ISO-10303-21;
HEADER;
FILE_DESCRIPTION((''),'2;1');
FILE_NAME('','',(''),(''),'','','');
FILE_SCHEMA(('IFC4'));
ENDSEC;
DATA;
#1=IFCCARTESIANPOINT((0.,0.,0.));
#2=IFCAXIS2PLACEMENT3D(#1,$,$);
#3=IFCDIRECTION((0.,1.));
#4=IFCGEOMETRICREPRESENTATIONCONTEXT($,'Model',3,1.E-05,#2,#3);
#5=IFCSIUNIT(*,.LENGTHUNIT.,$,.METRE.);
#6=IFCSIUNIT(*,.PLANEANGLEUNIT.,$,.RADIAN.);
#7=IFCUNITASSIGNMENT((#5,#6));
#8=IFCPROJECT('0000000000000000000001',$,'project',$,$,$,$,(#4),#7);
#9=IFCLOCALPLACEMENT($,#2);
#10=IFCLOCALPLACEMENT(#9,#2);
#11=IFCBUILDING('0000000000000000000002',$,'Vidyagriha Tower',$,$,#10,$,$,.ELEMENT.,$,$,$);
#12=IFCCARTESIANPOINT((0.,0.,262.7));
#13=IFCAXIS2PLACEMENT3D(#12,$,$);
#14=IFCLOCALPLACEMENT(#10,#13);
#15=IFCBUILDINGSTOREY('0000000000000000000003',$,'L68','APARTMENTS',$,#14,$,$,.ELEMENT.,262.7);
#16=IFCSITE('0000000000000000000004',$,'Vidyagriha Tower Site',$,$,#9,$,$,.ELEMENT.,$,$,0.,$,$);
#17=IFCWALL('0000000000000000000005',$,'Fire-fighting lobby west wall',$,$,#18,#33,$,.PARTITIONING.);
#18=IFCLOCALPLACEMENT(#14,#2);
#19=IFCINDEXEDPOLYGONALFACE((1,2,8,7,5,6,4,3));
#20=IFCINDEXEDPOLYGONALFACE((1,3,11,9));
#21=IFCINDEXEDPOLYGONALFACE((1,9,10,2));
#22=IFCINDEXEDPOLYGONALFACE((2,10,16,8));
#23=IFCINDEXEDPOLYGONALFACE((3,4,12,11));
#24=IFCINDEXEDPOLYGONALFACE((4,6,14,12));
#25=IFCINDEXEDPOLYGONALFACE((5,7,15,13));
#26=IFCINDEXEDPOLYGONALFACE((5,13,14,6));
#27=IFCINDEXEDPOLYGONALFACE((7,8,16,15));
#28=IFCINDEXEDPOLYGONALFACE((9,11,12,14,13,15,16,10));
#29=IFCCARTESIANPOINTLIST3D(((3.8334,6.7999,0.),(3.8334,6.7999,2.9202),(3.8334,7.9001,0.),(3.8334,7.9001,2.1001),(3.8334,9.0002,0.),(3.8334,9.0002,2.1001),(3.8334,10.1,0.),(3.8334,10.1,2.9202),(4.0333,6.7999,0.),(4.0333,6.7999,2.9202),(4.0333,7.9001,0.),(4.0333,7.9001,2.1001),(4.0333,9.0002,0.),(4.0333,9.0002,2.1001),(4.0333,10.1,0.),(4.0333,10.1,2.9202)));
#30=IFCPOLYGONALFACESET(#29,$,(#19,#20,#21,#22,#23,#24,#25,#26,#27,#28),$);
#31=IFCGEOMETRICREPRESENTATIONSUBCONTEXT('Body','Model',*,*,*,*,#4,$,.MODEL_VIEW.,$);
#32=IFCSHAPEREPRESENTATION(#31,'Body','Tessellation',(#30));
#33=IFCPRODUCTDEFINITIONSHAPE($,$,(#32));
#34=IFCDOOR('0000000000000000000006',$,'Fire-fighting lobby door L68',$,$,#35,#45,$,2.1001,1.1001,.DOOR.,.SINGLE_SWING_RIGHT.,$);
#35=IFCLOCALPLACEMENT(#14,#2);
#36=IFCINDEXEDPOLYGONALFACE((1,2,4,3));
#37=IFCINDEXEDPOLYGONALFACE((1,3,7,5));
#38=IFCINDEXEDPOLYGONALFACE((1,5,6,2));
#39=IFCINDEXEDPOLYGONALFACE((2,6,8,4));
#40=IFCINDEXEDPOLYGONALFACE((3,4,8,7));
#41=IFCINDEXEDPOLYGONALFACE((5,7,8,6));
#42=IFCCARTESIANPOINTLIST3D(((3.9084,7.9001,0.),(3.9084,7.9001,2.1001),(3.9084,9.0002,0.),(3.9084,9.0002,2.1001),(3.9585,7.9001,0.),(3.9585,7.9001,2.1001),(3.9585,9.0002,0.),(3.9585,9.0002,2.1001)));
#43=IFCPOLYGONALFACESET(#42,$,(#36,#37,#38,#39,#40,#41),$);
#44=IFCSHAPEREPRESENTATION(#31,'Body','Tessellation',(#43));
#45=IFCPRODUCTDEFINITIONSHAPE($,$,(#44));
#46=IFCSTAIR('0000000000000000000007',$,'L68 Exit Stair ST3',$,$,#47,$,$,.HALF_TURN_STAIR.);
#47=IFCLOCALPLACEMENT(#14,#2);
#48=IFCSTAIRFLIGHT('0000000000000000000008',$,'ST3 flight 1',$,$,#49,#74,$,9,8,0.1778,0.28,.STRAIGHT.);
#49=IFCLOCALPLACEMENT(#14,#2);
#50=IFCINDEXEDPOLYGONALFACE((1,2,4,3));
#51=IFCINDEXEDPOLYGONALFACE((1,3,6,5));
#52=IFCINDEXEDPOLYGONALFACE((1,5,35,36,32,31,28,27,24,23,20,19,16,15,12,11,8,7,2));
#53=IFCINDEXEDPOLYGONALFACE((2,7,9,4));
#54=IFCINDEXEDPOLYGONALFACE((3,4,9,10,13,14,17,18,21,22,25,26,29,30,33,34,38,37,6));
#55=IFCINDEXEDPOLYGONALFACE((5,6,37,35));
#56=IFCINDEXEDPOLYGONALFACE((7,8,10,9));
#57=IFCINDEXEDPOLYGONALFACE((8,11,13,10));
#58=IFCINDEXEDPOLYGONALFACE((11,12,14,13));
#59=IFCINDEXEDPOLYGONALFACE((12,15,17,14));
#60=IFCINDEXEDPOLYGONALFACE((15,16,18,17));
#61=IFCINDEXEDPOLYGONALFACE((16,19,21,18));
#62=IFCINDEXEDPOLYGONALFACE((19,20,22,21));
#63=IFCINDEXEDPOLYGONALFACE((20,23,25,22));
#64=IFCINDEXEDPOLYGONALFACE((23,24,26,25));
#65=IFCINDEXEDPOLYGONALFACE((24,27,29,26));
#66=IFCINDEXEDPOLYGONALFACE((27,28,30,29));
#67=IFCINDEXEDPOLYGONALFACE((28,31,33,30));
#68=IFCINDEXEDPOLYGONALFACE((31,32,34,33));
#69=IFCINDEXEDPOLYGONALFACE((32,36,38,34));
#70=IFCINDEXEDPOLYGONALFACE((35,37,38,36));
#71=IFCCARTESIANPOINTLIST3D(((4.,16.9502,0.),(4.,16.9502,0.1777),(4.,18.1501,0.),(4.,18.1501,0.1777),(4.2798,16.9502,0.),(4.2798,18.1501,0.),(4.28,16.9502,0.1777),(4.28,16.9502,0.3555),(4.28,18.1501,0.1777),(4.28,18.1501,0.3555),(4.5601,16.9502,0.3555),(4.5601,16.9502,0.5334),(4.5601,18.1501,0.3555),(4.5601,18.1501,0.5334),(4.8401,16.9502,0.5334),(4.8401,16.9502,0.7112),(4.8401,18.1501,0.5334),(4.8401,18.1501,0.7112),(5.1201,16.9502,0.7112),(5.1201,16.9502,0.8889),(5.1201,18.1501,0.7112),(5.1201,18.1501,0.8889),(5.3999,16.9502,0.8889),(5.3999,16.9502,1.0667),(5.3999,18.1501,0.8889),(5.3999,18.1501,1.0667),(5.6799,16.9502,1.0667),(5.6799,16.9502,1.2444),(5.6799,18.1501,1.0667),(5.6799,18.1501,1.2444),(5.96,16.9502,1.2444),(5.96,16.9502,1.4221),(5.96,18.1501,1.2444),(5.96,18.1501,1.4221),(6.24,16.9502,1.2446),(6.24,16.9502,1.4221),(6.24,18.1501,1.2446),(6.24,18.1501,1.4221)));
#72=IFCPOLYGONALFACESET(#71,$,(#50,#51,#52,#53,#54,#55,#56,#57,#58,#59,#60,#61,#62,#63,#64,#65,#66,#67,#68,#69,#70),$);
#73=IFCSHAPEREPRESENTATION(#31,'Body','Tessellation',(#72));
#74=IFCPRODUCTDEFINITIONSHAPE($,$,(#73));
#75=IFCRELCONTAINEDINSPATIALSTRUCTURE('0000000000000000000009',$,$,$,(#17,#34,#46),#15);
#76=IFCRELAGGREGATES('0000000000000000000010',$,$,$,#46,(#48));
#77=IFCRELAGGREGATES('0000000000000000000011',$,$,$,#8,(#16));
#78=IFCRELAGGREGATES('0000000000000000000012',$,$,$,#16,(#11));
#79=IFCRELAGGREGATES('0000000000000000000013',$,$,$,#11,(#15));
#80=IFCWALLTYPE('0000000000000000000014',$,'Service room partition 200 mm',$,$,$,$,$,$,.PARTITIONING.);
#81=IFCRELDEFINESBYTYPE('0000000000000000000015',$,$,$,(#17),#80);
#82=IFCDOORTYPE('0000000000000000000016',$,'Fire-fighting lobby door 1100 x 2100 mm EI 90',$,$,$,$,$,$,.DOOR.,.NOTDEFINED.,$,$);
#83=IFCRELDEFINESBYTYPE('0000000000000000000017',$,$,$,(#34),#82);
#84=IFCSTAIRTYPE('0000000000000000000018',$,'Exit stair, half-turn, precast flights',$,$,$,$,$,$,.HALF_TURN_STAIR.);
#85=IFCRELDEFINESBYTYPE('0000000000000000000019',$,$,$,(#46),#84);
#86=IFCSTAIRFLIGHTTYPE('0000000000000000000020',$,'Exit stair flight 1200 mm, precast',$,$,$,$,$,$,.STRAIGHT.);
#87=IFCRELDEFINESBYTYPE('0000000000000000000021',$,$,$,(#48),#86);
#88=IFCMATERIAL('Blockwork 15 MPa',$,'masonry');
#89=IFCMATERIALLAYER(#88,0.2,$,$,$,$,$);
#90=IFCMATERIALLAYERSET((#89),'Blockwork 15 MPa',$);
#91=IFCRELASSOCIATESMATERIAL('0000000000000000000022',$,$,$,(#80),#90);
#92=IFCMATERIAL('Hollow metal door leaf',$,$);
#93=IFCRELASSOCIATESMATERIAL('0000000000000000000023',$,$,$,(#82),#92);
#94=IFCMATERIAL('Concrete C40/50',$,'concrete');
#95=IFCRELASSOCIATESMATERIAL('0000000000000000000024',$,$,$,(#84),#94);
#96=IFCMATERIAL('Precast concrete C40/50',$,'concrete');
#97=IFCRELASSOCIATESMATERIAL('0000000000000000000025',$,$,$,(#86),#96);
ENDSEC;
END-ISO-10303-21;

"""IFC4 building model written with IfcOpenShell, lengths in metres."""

from ifc_helpers import new_model, si_unit, direction, frame, frame_2d, origin, place, context, subcontext, project, spatial, polyline, rectangle, outline, extrude, material, layer, layer_set, type_object, element, fill, aggregate, save


model = new_model("IFC4")

# Units and contexts
model_context = context("Model", 3, precision=1e-05, world=origin(), true_north=direction((0.0, 1.0)))
body_context = subcontext(model_context, "Body", "Model", "MODEL_VIEW")
ifc_project = project(units=[si_unit("LENGTHUNIT", "METRE"), si_unit("PLANEANGLEUNIT", "RADIAN")], contexts=[model_context])

# Site, building, storey
site_placement = place(None, origin())
site = spatial("IfcSite", under=ifc_project, at=site_placement, Name="Vidyagriha Tower Site", CompositionType="ELEMENT", RefElevation=0.0)
building_placement = place(site_placement, origin())
building = spatial("IfcBuilding", under=site, at=building_placement, Name="Vidyagriha Tower", CompositionType="ELEMENT")
storey_placement = place(building_placement, frame((0.0, 0.0, 262.7)))
storey = spatial("IfcBuildingStorey", under=building, at=storey_placement, Name="L68", Description="APARTMENTS", CompositionType="ELEMENT", Elevation=262.7)

# Wall, opening, door
ifc_material_1 = material(Name="Blockwork 15 MPa", Category="masonry")
ifc_layer_1 = layer(ifc_material_1, 0.2)
ifc_layer_set_1 = layer_set([ifc_layer_1], Name="Blockwork 15 MPa")
wall_type_1 = type_object("IfcWallType", Name="Service room partition 200 mm", PredefinedType="PARTITIONING", material=ifc_layer_set_1)
wall_1_placement = place(storey_placement, frame((3.9333, 6.8, 0.0), z_axis=(0.0, 0.0, 1.0), x_axis=(0.0, 1.0, 0.0)))
wall_1 = element("IfcWall", 1, at=wall_1_placement, inside=storey, type_object=wall_type_1, Name="Fire-fighting lobby west wall", PredefinedType="PARTITIONING", context=body_context, shape_type="SweptSolid", body=[
    extrude(rectangle(XDim=3.3, YDim=0.2, at=frame_2d((1.6499, 0.0))), origin(), (0.0, 0.0, 1.0), 2.9202),
])
opening_1_placement = place(wall_1_placement, frame((1.1001, 0.0, 0.0)))
opening_1 = element("IfcOpeningElement", 2, at=opening_1_placement, cuts=wall_1, PredefinedType="OPENING", context=body_context, shape_type="SweptSolid", body=[
    extrude(rectangle(XDim=1.1001, YDim=2.1001, at=frame_2d((0.55, 1.05))), frame((0.0, 0.1099, 0.0), z_axis=(0.0, -1.0, 0.0), x_axis=(1.0, 0.0, 0.0)), (0.0, 0.0, 1.0), 0.22),
])
ifc_material_2 = material(Name="Hollow metal door leaf")
door_type_1 = type_object("IfcDoorType", Name="Fire-fighting lobby door 1100 x 2100 mm EI 90", OperationType="NOTDEFINED", PredefinedType="DOOR", material=ifc_material_2)
door_1_placement = place(opening_1_placement, origin())
door_1 = element("IfcDoor", 3, at=door_1_placement, inside=storey, type_object=door_type_1, Name="Fire-fighting lobby door L68", OperationType="SINGLE_SWING_RIGHT", OverallHeight=2.1001, OverallWidth=1.1001, PredefinedType="DOOR", context=body_context, shape_type="SweptSolid", body=[
    extrude(rectangle(XDim=1.1001, YDim=2.1001, at=frame_2d((0.55, 1.05))), frame((0.0, 0.0249, 0.0), z_axis=(0.0, -1.0, 0.0), x_axis=(1.0, 0.0, 0.0)), (0.0, 0.0, 1.0), 0.05),
])
fill(opening_1, door_1)

# Stair, stair flight
ifc_material_3 = material(Name="Concrete C40/50", Category="concrete")
stair_type = type_object("IfcStairType", Name="Exit stair, half-turn, precast flights", PredefinedType="HALF_TURN_STAIR", material=ifc_material_3)
stair_placement = place(storey_placement, origin())
stair = element("IfcStair", 4, at=stair_placement, inside=storey, type_object=stair_type, Name="L68 Exit Stair ST3", PredefinedType="HALF_TURN_STAIR")
ifc_material_4 = material(Name="Precast concrete C40/50", Category="concrete")
stair_flight_type = type_object("IfcStairFlightType", Name="Exit stair flight 1200 mm, precast", PredefinedType="STRAIGHT", material=ifc_material_4)
stair_flight_placement = place(storey_placement, frame((4.0, 17.55, 0.0)))
stair_flight = element("IfcStairFlight", 5, at=stair_flight_placement, type_object=stair_flight_type, Name="ST3 flight 1", NumberOfRisers=9, NumberOfTreads=8, PredefinedType="STRAIGHT", RiserHeight=0.1778, TreadLength=0.28, context=body_context, shape_type="SweptSolid", body=[
    extrude(outline(polyline([(0.0, 0.0), (0.0, 0.1777), (0.28, 0.1777), (0.28, 0.3555), (0.5601, 0.3555), (0.5601, 0.5334), (0.8401, 0.5334), (0.8401, 0.7112), (1.1201, 0.7112), (1.1201, 0.8889), (1.3999, 0.8889), (1.3999, 1.0667), (1.6799, 1.0667), (1.6799, 1.2444), (1.96, 1.2444), (1.96, 1.4221), (2.24, 1.4221), (2.24, 1.6001), (2.24, 1.2446), (0.2798, 0.0), (0.0, 0.0)])), frame((0.0, 0.6001, 0.0), z_axis=(0.0, -1.0, 0.0), x_axis=(1.0, 0.0, 0.0)), (0.0, 0.0, 1.0), 1.2),
])
aggregate(stair, [stair_flight])

save(model, "model.ifc")
